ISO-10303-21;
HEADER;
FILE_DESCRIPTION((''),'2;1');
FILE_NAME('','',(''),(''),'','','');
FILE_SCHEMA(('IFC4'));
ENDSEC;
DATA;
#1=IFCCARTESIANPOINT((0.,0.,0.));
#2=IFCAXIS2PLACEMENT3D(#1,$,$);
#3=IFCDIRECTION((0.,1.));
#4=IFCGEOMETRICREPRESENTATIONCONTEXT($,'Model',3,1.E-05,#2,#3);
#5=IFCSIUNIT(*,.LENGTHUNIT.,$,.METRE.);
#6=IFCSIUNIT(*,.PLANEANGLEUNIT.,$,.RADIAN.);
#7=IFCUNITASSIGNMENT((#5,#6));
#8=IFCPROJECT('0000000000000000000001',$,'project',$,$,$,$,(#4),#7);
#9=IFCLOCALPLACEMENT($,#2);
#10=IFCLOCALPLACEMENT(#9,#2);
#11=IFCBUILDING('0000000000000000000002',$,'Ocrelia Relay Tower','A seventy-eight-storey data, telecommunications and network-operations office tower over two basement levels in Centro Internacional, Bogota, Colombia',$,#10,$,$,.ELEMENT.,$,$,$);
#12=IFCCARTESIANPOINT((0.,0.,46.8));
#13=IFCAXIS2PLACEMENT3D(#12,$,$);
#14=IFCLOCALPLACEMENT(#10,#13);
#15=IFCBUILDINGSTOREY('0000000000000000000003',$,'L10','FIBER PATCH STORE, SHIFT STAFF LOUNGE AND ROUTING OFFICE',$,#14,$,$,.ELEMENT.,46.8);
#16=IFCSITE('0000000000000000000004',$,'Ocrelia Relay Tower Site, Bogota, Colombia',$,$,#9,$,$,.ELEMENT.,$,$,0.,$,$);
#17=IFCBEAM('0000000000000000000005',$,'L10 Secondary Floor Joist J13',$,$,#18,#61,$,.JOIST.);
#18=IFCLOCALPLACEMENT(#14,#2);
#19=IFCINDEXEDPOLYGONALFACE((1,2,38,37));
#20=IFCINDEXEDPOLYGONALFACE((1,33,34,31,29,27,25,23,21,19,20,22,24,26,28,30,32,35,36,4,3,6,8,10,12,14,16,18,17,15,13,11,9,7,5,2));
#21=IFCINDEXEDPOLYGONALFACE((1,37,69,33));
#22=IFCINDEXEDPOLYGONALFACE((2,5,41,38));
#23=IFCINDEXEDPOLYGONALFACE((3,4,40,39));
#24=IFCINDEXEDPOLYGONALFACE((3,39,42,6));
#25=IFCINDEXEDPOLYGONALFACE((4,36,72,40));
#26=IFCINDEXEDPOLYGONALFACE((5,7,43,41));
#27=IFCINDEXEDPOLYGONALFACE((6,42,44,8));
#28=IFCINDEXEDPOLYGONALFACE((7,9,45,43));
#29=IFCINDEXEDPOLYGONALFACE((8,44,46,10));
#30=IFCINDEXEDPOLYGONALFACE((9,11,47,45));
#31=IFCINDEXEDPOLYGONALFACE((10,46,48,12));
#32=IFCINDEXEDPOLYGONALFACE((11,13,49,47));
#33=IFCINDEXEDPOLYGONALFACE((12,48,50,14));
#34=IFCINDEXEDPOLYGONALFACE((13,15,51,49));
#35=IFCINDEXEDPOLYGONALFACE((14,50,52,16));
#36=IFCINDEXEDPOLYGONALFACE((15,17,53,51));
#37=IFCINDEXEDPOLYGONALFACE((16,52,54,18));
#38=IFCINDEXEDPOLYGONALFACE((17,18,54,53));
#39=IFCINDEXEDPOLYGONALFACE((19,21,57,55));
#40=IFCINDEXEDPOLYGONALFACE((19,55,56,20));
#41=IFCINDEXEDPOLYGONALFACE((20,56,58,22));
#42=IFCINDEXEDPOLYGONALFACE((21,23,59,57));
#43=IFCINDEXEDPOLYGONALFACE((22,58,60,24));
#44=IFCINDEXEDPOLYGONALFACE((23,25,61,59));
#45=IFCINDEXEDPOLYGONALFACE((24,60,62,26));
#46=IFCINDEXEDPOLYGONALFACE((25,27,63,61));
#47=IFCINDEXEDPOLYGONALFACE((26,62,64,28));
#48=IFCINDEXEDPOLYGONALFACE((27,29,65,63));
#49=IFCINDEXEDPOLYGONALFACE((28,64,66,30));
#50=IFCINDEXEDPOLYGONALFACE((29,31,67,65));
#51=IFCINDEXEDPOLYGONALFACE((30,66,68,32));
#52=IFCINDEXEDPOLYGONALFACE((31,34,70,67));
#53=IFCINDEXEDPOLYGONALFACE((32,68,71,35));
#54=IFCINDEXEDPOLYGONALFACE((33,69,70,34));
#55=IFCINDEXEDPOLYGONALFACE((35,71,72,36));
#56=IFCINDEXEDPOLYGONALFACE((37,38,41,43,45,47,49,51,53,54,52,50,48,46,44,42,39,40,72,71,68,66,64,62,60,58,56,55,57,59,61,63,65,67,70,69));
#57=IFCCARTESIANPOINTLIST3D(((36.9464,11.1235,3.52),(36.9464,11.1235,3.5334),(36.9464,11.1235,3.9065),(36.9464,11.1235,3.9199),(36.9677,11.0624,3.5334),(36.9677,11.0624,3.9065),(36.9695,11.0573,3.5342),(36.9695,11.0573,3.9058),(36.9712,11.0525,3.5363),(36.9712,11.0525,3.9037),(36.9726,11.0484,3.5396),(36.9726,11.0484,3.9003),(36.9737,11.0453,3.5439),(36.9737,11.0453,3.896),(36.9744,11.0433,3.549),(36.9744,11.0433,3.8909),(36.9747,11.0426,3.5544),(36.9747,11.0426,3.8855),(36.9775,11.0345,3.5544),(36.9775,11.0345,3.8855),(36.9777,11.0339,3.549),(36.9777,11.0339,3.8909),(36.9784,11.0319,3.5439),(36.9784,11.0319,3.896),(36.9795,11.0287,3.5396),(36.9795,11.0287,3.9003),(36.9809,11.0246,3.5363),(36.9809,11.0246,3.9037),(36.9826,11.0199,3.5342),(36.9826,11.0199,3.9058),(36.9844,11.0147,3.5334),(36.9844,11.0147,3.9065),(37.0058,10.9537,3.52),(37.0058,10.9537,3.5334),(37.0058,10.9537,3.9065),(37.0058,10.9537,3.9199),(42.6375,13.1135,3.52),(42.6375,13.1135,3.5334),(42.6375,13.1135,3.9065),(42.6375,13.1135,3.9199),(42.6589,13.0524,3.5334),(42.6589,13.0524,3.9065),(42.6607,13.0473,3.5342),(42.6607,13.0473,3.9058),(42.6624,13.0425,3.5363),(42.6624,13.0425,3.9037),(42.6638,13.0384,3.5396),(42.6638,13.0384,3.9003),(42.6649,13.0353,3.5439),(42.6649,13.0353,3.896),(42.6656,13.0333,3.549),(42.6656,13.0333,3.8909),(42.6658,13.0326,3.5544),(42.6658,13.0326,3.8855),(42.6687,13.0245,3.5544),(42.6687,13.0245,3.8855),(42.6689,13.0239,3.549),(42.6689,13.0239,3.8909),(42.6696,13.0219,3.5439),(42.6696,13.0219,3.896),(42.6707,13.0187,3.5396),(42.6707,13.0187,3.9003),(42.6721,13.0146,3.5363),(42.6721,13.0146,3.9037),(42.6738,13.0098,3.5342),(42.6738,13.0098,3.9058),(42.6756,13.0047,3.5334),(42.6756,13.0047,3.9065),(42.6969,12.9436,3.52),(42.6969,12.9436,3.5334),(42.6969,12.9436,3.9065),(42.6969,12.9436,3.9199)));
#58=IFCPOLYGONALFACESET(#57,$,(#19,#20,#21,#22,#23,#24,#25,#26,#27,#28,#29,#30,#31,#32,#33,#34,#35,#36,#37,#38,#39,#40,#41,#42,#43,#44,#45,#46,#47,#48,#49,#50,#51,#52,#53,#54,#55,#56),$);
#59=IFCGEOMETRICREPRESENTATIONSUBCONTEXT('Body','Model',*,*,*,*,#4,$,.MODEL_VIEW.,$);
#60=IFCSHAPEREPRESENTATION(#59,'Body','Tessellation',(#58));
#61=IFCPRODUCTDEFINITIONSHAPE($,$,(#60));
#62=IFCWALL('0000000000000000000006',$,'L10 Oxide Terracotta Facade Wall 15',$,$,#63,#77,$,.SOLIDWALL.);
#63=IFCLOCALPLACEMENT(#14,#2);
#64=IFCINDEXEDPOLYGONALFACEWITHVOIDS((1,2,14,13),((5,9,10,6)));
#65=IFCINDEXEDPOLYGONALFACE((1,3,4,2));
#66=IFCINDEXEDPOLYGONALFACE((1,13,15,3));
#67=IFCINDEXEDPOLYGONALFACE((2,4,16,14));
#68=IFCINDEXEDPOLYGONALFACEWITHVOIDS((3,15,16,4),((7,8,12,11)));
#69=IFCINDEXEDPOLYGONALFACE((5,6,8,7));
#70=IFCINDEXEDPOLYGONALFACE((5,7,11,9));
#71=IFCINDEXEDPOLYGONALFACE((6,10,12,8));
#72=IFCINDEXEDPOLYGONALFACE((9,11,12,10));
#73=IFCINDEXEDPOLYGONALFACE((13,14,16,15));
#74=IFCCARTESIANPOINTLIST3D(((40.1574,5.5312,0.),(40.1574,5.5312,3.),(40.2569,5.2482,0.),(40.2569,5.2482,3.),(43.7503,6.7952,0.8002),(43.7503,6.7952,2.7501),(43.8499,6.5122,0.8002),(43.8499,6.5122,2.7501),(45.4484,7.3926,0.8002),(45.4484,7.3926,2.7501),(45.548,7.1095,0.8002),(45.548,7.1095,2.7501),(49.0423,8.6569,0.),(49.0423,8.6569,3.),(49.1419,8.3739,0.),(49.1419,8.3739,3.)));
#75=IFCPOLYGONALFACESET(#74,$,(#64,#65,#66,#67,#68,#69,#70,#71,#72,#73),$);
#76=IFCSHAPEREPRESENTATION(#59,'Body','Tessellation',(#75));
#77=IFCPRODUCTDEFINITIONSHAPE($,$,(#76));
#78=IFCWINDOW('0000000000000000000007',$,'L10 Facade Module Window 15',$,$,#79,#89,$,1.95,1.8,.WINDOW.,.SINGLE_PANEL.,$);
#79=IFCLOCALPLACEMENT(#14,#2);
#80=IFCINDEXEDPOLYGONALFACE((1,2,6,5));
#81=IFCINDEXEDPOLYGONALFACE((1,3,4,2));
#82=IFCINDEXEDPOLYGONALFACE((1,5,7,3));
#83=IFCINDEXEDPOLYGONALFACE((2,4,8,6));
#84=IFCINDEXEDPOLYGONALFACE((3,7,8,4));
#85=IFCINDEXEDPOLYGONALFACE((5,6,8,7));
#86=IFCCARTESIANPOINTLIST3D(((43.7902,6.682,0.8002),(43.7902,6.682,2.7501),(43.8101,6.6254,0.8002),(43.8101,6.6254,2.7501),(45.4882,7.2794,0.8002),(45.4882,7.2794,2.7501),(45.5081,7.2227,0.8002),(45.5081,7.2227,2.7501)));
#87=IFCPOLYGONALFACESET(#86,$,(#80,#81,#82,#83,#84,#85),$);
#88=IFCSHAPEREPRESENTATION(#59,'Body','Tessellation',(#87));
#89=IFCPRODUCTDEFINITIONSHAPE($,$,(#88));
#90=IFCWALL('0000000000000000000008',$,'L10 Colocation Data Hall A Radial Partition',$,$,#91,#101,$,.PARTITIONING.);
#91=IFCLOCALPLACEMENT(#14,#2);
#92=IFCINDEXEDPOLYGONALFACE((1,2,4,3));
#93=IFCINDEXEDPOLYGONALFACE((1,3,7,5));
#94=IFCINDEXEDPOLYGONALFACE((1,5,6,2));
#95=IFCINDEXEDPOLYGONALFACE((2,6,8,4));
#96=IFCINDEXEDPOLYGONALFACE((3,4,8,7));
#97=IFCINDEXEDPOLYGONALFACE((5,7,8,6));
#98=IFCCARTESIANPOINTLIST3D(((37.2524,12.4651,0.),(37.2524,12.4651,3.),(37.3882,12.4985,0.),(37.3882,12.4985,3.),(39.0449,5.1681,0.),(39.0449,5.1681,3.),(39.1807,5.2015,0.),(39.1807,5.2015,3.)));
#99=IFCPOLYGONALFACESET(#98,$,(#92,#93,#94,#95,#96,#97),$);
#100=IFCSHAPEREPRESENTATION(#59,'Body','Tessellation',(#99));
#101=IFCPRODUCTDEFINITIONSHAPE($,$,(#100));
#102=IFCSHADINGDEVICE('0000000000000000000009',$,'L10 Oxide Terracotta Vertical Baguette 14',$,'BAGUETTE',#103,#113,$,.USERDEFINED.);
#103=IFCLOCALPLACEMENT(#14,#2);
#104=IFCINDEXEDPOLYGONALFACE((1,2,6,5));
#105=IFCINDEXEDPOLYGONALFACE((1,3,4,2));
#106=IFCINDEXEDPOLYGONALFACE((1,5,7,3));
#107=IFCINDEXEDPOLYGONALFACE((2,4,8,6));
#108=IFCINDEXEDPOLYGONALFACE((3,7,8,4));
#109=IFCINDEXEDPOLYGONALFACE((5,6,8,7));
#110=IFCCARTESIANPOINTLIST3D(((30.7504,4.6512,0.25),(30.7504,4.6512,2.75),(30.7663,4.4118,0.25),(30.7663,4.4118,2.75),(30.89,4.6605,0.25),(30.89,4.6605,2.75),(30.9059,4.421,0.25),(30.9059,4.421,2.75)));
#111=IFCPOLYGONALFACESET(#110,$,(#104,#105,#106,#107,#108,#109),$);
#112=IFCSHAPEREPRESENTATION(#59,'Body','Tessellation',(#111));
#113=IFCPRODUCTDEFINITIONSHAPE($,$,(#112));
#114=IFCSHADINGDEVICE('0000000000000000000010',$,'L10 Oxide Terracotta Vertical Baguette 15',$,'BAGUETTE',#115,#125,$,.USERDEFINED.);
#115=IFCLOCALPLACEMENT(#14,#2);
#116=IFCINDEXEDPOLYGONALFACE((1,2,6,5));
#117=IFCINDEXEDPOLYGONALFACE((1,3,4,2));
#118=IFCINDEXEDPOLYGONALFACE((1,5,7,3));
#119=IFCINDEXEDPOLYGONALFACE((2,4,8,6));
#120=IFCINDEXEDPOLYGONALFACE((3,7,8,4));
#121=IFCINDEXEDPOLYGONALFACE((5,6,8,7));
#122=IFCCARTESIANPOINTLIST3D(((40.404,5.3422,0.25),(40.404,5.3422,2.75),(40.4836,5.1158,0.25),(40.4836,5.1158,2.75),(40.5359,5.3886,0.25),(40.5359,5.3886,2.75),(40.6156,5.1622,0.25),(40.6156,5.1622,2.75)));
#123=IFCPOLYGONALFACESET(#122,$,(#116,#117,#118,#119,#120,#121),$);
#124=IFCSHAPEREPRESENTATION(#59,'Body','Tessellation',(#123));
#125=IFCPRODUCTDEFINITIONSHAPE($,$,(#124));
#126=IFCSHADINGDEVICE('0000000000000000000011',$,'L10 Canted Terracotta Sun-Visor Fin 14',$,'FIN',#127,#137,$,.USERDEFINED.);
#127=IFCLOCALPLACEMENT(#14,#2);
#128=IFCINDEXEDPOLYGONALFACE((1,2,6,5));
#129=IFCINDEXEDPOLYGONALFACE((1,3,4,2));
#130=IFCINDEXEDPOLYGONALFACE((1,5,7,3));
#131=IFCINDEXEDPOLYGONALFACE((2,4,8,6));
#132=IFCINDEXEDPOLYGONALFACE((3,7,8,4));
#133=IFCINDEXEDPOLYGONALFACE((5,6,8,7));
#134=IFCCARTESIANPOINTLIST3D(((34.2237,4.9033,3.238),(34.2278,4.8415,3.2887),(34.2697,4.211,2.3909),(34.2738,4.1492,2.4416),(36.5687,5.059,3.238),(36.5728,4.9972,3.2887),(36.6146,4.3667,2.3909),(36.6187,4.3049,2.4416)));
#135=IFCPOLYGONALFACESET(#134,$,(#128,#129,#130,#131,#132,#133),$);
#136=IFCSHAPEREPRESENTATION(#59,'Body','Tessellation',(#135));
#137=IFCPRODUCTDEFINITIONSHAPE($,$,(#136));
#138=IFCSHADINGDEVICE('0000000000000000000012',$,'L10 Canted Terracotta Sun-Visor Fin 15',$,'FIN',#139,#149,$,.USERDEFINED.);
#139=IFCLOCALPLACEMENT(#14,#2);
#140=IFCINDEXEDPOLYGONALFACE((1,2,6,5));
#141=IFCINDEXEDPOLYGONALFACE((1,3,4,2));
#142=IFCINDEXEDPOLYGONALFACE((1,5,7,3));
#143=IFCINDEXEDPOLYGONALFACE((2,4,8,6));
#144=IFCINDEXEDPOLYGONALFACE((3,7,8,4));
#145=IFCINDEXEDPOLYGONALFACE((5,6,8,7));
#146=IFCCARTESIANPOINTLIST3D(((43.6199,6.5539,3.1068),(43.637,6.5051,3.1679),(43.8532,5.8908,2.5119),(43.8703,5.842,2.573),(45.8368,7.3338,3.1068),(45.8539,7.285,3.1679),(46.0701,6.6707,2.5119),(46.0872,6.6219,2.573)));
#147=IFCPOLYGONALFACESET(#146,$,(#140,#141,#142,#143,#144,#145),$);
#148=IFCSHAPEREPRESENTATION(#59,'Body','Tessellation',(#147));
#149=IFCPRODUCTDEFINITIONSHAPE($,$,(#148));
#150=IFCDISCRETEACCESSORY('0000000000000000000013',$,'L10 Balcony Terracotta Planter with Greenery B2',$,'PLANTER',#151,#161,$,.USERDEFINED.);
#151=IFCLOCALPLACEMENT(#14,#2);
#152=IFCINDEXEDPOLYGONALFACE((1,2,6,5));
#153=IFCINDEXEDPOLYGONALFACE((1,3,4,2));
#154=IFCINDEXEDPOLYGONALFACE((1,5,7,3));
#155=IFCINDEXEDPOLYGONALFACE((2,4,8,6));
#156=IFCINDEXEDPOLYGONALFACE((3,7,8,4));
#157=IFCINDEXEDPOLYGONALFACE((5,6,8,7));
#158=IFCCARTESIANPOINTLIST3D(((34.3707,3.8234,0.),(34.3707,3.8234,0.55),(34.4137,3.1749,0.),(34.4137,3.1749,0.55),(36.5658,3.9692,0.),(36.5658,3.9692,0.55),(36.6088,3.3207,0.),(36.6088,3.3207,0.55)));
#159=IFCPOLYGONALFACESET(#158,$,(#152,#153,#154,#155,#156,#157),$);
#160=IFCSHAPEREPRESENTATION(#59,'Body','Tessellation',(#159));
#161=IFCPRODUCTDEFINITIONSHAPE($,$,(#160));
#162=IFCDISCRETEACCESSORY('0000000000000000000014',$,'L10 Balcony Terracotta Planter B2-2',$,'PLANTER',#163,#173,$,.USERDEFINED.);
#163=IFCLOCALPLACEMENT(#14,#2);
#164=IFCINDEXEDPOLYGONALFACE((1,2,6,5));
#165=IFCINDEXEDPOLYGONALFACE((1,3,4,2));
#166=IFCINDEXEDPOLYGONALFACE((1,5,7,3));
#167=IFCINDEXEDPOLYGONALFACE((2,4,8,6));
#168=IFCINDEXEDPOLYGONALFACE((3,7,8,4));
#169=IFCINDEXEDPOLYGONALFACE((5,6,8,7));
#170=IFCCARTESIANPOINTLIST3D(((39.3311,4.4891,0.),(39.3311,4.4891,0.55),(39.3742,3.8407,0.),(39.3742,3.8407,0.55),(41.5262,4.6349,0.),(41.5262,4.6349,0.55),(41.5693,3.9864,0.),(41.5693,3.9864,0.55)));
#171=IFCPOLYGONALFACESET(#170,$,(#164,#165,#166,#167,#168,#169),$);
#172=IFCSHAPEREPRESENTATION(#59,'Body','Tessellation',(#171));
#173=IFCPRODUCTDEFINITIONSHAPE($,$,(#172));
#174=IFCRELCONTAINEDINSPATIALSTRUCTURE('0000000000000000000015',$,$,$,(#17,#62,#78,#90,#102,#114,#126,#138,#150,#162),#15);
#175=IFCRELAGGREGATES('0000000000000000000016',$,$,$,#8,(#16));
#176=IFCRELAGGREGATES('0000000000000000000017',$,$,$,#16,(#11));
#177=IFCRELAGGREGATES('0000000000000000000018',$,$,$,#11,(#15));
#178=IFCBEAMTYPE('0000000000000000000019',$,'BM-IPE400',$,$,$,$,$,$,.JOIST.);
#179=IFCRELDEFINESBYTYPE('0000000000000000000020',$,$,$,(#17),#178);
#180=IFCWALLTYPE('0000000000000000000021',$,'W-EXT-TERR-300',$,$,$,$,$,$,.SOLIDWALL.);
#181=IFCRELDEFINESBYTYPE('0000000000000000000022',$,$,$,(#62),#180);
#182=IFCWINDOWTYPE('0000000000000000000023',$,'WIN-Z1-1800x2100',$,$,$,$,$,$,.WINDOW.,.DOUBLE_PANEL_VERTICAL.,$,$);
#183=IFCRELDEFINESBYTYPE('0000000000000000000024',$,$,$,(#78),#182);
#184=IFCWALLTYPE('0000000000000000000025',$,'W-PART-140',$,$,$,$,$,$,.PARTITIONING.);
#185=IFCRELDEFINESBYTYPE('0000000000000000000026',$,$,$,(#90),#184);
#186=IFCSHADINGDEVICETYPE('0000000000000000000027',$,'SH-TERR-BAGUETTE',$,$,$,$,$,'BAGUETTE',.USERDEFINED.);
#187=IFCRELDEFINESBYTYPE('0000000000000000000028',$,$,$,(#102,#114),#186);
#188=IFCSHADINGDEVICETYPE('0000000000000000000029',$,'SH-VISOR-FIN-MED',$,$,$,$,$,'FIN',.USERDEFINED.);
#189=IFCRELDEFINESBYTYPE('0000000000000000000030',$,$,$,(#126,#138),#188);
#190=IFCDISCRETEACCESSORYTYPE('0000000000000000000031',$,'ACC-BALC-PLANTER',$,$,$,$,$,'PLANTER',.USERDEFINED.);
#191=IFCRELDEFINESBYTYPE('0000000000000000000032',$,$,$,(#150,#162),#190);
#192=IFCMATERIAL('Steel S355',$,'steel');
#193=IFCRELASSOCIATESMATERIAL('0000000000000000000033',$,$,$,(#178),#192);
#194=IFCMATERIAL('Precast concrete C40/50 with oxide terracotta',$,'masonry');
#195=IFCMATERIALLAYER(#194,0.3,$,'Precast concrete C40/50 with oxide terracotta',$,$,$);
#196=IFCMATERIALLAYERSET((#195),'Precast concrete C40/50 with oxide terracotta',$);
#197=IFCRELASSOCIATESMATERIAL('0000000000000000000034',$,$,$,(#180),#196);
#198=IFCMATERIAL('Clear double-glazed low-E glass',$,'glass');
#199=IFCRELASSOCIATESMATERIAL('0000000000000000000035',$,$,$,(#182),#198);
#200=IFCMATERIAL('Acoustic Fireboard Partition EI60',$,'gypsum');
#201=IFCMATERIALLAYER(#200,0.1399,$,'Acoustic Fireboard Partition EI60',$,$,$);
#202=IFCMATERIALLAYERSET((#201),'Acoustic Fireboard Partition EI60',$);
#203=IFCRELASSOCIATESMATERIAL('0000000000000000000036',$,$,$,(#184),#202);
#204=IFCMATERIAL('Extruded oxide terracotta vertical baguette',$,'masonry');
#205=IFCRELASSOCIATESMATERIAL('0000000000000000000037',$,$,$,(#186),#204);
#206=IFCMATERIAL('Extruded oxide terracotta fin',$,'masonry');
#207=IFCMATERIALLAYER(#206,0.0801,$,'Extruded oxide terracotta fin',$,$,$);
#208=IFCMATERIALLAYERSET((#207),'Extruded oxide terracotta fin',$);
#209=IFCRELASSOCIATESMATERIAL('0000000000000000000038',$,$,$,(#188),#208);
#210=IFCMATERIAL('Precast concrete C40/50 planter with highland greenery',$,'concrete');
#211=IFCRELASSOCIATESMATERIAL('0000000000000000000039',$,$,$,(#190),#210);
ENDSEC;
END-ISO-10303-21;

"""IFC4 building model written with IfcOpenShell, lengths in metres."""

from ifc_helpers import new_model, si_unit, direction, frame, frame_2d, origin, origin_2d, place, context, subcontext, project, spatial, rectangle, i_section, extrude, material, layer, layer_set, material_profile, profile_set, type_object, element, fill, save


model = new_model("IFC4")

# Units and contexts
model_context = context("Model", 3, precision=1e-05, world=origin(), true_north=direction((0.0, 1.0)))
body_context = subcontext(model_context, "Body", "Model", "MODEL_VIEW")
ifc_project = project(units=[si_unit("LENGTHUNIT", "METRE"), si_unit("PLANEANGLEUNIT", "RADIAN")], contexts=[model_context])

# Site, building, storey
site_placement = place(None, origin())
site = spatial("IfcSite", under=ifc_project, at=site_placement, Name="Ocrelia Relay Tower Site, Bogota, Colombia", CompositionType="ELEMENT", RefElevation=0.0)
building_placement = place(site_placement, origin())
building = spatial("IfcBuilding", under=site, at=building_placement, Name="Ocrelia Relay Tower", Description="A seventy-eight-storey data, telecommunications and network-operations office tower over two basement levels in Centro Internacional, Bogota, Colombia", CompositionType="ELEMENT")
storey_placement = place(building_placement, frame((0.0, 0.0, 46.8)))
storey = spatial("IfcBuildingStorey", under=building, at=storey_placement, Name="L10", Description="FIBER PATCH STORE, SHIFT STAFF LOUNGE AND ROUTING OFFICE", CompositionType="ELEMENT", Elevation=46.8)

# Beam
ifc_material_1 = material(Name="Steel S355", Category="steel")
ifc_material_profile_1 = material_profile(ifc_material_1, i_section(OverallWidth=0.1799, OverallDepth=0.3999, WebThickness=0.0085, FlangeThickness=0.0134, FilletRadius=0.021, at=origin_2d()), Name="IPE 400")
ifc_profile_set_1 = profile_set([ifc_material_profile_1], Name="Steel S355")
beam_type_1 = type_object("IfcBeamType", Name="BM-IPE400", PredefinedType="JOIST", material=ifc_profile_set_1)
beam_1_placement = place(storey_placement, frame((36.9761, 11.0386, 3.72), z_axis=(0.943957, 0.330067, 0.0), x_axis=(-0.330067, 0.943957, 0.0)))
element("IfcBeam", 1, at=beam_1_placement, inside=storey, type_object=beam_type_1, Name="L10 Secondary Floor Joist J13", PredefinedType="JOIST", context=body_context, shape_type="SweptSolid", body=[
    extrude(i_section(OverallWidth=0.1799, OverallDepth=0.3999, WebThickness=0.0085, FlangeThickness=0.0134, FilletRadius=0.021, at=origin_2d()), origin(), (0.0, 0.0, 1.0), 6.0291),
])

# Wall, opening, window
ifc_material_2 = material(Name="Precast concrete C40/50 with oxide terracotta", Category="masonry")
ifc_layer_1 = layer(ifc_material_2, 0.3, Name="Precast concrete C40/50 with oxide terracotta")
ifc_layer_set_1 = layer_set([ifc_layer_1], Name="Precast concrete C40/50 with oxide terracotta")
wall_type_1 = type_object("IfcWallType", Name="W-EXT-TERR-300", PredefinedType="SOLIDWALL", material=ifc_layer_set_1)
wall_1_placement = place(storey_placement, frame((40.207, 5.3896, 0.0), z_axis=(0.0, 0.0, 1.0), x_axis=(0.943328, 0.331861, 0.0)))
wall_1 = element("IfcWall", 2, at=wall_1_placement, inside=storey, type_object=wall_type_1, Name="L10 Oxide Terracotta Facade Wall 15", PredefinedType="SOLIDWALL", context=body_context, shape_type="SweptSolid", body=[
    extrude(rectangle(XDim=9.4187, YDim=0.3, at=frame_2d((4.7095, 0.0))), origin(), (0.0, 0.0, 1.0), 3.0),
])
opening_1_placement = place(wall_1_placement, frame((3.8091, 0.0, 0.8)))
opening_1 = element("IfcOpeningElement", 3, at=opening_1_placement, cuts=wall_1, PredefinedType="OPENING", context=body_context, shape_type="SweptSolid", body=[
    extrude(rectangle(XDim=1.8, YDim=1.95, at=frame_2d((0.8999, 0.9751))), frame((0.0, 0.1602, 0.0), z_axis=(0.0, -1.0, 0.0), x_axis=(1.0, 0.0, 0.0)), (0.0, 0.0, 1.0), 0.3201),
])
ifc_material_3 = material(Name="Clear double-glazed low-E glass", Category="glass")
window_type = type_object("IfcWindowType", Name="WIN-Z1-1800x2100", PartitioningType="DOUBLE_PANEL_VERTICAL", PredefinedType="WINDOW", material=ifc_material_3)
window_placement = place(opening_1_placement, origin())
window = element("IfcWindow", 4, at=window_placement, inside=storey, type_object=window_type, Name="L10 Facade Module Window 15", OverallHeight=1.95, OverallWidth=1.8, PartitioningType="SINGLE_PANEL", PredefinedType="WINDOW", context=body_context, shape_type="SweptSolid", body=[
    extrude(rectangle(XDim=1.8, YDim=1.95, at=frame_2d((0.8999, 0.9751))), frame((0.0, 0.03, 0.0), z_axis=(0.0, -1.0, 0.0), x_axis=(1.0, 0.0, 0.0)), (0.0, 0.0, 1.0), 0.0601),
])
fill(opening_1, window)

# Wall
ifc_material_4 = material(Name="Acoustic Fireboard Partition EI60", Category="gypsum")
ifc_layer_2 = layer(ifc_material_4, 0.1399, Name="Acoustic Fireboard Partition EI60")
ifc_layer_set_2 = layer_set([ifc_layer_2], Name="Acoustic Fireboard Partition EI60")
wall_type_2 = type_object("IfcWallType", Name="W-PART-140", PredefinedType="PARTITIONING", material=ifc_layer_set_2)
wall_2_placement = place(storey_placement, frame((37.3203, 12.4817, 0.0), z_axis=(0.0, 0.0, 1.0), x_axis=(0.238558, -0.971128, 0.0)))
element("IfcWall", 5, at=wall_2_placement, inside=storey, type_object=wall_type_2, Name="L10 Colocation Data Hall A Radial Partition", PredefinedType="PARTITIONING", context=body_context, shape_type="SweptSolid", body=[
    extrude(rectangle(XDim=7.5139, YDim=0.1399, at=frame_2d((3.7568, 0.0))), origin(), (0.0, 0.0, 1.0), 3.0),
])

# Shading devices
ifc_material_5 = material(Name="Extruded oxide terracotta vertical baguette", Category="masonry")
shading_device_type_1 = type_object("IfcShadingDeviceType", Name="SH-TERR-BAGUETTE", ElementType="BAGUETTE", PredefinedType="USERDEFINED", material=ifc_material_5)
for number, where, z_axis, x_axis, name in (
    (6, (30.8281, 4.5361, 0.25), (0.0, 0.0, 1.0), (0.997802, 0.066267, 0.0), "L10 Oxide Terracotta Vertical Baguette 14"),
    (7, (40.5098, 5.2522, 0.25), (0.0, 0.0, 1.0), (0.943326, 0.331868, 0.0), "L10 Oxide Terracotta Vertical Baguette 15"),
):
    element("IfcShadingDevice", number, at=place(storey_placement, frame(where, z_axis=z_axis, x_axis=x_axis)), inside=storey, type_object=shading_device_type_1, Name=name, ObjectType="BAGUETTE", PredefinedType="USERDEFINED", context=body_context, shape_type="SweptSolid", body=[
        extrude(rectangle(XDim=0.1399, YDim=0.24, at=origin_2d()), origin(), (0.0, 0.0, 1.0), 2.5),
    ])
ifc_material_6 = material(Name="Extruded oxide terracotta fin", Category="masonry")
ifc_layer_3 = layer(ifc_material_6, 0.0801, Name="Extruded oxide terracotta fin")
ifc_layer_set_3 = layer_set([ifc_layer_3], Name="Extruded oxide terracotta fin")
shading_device_type_2 = type_object("IfcShadingDeviceType", Name="SH-VISOR-FIN-MED", ElementType="FIN", PredefinedType="USERDEFINED", material=ifc_layer_set_3)
shading_device_1_placement = place(storey_placement, frame((35.4192, 4.635, 2.8145), z_axis=(0.051266, -0.771919, 0.633651), x_axis=(0.997802, 0.066267, 0.0)))
element("IfcShadingDevice", 8, at=shading_device_1_placement, inside=storey, type_object=shading_device_type_2, Name="L10 Canted Terracotta Sun-Visor Fin 14", ObjectType="FIN", PredefinedType="USERDEFINED", context=body_context, shape_type="SweptSolid", body=[
    extrude(rectangle(XDim=2.3501, YDim=1.095, at=origin_2d()), origin(), (0.0, 0.0, 1.0), 0.0801),
])
shading_device_2_placement = place(storey_placement, frame((44.845, 6.6123, 2.8093), z_axis=(0.214384, -0.60938, 0.763345), x_axis=(0.943326, 0.331868, 0.0)))
element("IfcShadingDevice", 9, at=shading_device_2_placement, inside=storey, type_object=shading_device_type_2, Name="L10 Canted Terracotta Sun-Visor Fin 15", ObjectType="FIN", PredefinedType="USERDEFINED", context=body_context, shape_type="SweptSolid", body=[
    extrude(rectangle(XDim=2.3501, YDim=0.9209, at=origin_2d()), origin(), (0.0, 0.0, 1.0), 0.0801),
])

# Discrete accessories
ifc_material_7 = material(Name="Precast concrete C40/50 planter with highland greenery", Category="concrete")
discrete_accessory_type_1 = type_object("IfcDiscreteAccessoryType", Name="ACC-BALC-PLANTER", ElementType="PLANTER", PredefinedType="USERDEFINED", material=ifc_material_7)
for number, where, z_axis, x_axis, name in (
    (10, (35.4897, 3.572, 0.0), (0.0, 0.0, 1.0), (-0.997802, -0.066268, 0.0), "L10 Balcony Terracotta Planter with Greenery B2"),
    (11, (40.4502, 4.2378, 0.0), (0.0, 0.0, 1.0), (-0.997802, -0.066268, 0.0), "L10 Balcony Terracotta Planter B2-2"),
):
    element("IfcDiscreteAccessory", number, at=place(storey_placement, frame(where, z_axis=z_axis, x_axis=x_axis)), inside=storey, type_object=discrete_accessory_type_1, Name=name, ObjectType="PLANTER", PredefinedType="USERDEFINED", context=body_context, shape_type="SweptSolid", body=[
        extrude(rectangle(XDim=2.2, YDim=0.6499, at=origin_2d()), origin(), (0.0, 0.0, 1.0), 0.55),
    ])

save(model, "model.ifc")
